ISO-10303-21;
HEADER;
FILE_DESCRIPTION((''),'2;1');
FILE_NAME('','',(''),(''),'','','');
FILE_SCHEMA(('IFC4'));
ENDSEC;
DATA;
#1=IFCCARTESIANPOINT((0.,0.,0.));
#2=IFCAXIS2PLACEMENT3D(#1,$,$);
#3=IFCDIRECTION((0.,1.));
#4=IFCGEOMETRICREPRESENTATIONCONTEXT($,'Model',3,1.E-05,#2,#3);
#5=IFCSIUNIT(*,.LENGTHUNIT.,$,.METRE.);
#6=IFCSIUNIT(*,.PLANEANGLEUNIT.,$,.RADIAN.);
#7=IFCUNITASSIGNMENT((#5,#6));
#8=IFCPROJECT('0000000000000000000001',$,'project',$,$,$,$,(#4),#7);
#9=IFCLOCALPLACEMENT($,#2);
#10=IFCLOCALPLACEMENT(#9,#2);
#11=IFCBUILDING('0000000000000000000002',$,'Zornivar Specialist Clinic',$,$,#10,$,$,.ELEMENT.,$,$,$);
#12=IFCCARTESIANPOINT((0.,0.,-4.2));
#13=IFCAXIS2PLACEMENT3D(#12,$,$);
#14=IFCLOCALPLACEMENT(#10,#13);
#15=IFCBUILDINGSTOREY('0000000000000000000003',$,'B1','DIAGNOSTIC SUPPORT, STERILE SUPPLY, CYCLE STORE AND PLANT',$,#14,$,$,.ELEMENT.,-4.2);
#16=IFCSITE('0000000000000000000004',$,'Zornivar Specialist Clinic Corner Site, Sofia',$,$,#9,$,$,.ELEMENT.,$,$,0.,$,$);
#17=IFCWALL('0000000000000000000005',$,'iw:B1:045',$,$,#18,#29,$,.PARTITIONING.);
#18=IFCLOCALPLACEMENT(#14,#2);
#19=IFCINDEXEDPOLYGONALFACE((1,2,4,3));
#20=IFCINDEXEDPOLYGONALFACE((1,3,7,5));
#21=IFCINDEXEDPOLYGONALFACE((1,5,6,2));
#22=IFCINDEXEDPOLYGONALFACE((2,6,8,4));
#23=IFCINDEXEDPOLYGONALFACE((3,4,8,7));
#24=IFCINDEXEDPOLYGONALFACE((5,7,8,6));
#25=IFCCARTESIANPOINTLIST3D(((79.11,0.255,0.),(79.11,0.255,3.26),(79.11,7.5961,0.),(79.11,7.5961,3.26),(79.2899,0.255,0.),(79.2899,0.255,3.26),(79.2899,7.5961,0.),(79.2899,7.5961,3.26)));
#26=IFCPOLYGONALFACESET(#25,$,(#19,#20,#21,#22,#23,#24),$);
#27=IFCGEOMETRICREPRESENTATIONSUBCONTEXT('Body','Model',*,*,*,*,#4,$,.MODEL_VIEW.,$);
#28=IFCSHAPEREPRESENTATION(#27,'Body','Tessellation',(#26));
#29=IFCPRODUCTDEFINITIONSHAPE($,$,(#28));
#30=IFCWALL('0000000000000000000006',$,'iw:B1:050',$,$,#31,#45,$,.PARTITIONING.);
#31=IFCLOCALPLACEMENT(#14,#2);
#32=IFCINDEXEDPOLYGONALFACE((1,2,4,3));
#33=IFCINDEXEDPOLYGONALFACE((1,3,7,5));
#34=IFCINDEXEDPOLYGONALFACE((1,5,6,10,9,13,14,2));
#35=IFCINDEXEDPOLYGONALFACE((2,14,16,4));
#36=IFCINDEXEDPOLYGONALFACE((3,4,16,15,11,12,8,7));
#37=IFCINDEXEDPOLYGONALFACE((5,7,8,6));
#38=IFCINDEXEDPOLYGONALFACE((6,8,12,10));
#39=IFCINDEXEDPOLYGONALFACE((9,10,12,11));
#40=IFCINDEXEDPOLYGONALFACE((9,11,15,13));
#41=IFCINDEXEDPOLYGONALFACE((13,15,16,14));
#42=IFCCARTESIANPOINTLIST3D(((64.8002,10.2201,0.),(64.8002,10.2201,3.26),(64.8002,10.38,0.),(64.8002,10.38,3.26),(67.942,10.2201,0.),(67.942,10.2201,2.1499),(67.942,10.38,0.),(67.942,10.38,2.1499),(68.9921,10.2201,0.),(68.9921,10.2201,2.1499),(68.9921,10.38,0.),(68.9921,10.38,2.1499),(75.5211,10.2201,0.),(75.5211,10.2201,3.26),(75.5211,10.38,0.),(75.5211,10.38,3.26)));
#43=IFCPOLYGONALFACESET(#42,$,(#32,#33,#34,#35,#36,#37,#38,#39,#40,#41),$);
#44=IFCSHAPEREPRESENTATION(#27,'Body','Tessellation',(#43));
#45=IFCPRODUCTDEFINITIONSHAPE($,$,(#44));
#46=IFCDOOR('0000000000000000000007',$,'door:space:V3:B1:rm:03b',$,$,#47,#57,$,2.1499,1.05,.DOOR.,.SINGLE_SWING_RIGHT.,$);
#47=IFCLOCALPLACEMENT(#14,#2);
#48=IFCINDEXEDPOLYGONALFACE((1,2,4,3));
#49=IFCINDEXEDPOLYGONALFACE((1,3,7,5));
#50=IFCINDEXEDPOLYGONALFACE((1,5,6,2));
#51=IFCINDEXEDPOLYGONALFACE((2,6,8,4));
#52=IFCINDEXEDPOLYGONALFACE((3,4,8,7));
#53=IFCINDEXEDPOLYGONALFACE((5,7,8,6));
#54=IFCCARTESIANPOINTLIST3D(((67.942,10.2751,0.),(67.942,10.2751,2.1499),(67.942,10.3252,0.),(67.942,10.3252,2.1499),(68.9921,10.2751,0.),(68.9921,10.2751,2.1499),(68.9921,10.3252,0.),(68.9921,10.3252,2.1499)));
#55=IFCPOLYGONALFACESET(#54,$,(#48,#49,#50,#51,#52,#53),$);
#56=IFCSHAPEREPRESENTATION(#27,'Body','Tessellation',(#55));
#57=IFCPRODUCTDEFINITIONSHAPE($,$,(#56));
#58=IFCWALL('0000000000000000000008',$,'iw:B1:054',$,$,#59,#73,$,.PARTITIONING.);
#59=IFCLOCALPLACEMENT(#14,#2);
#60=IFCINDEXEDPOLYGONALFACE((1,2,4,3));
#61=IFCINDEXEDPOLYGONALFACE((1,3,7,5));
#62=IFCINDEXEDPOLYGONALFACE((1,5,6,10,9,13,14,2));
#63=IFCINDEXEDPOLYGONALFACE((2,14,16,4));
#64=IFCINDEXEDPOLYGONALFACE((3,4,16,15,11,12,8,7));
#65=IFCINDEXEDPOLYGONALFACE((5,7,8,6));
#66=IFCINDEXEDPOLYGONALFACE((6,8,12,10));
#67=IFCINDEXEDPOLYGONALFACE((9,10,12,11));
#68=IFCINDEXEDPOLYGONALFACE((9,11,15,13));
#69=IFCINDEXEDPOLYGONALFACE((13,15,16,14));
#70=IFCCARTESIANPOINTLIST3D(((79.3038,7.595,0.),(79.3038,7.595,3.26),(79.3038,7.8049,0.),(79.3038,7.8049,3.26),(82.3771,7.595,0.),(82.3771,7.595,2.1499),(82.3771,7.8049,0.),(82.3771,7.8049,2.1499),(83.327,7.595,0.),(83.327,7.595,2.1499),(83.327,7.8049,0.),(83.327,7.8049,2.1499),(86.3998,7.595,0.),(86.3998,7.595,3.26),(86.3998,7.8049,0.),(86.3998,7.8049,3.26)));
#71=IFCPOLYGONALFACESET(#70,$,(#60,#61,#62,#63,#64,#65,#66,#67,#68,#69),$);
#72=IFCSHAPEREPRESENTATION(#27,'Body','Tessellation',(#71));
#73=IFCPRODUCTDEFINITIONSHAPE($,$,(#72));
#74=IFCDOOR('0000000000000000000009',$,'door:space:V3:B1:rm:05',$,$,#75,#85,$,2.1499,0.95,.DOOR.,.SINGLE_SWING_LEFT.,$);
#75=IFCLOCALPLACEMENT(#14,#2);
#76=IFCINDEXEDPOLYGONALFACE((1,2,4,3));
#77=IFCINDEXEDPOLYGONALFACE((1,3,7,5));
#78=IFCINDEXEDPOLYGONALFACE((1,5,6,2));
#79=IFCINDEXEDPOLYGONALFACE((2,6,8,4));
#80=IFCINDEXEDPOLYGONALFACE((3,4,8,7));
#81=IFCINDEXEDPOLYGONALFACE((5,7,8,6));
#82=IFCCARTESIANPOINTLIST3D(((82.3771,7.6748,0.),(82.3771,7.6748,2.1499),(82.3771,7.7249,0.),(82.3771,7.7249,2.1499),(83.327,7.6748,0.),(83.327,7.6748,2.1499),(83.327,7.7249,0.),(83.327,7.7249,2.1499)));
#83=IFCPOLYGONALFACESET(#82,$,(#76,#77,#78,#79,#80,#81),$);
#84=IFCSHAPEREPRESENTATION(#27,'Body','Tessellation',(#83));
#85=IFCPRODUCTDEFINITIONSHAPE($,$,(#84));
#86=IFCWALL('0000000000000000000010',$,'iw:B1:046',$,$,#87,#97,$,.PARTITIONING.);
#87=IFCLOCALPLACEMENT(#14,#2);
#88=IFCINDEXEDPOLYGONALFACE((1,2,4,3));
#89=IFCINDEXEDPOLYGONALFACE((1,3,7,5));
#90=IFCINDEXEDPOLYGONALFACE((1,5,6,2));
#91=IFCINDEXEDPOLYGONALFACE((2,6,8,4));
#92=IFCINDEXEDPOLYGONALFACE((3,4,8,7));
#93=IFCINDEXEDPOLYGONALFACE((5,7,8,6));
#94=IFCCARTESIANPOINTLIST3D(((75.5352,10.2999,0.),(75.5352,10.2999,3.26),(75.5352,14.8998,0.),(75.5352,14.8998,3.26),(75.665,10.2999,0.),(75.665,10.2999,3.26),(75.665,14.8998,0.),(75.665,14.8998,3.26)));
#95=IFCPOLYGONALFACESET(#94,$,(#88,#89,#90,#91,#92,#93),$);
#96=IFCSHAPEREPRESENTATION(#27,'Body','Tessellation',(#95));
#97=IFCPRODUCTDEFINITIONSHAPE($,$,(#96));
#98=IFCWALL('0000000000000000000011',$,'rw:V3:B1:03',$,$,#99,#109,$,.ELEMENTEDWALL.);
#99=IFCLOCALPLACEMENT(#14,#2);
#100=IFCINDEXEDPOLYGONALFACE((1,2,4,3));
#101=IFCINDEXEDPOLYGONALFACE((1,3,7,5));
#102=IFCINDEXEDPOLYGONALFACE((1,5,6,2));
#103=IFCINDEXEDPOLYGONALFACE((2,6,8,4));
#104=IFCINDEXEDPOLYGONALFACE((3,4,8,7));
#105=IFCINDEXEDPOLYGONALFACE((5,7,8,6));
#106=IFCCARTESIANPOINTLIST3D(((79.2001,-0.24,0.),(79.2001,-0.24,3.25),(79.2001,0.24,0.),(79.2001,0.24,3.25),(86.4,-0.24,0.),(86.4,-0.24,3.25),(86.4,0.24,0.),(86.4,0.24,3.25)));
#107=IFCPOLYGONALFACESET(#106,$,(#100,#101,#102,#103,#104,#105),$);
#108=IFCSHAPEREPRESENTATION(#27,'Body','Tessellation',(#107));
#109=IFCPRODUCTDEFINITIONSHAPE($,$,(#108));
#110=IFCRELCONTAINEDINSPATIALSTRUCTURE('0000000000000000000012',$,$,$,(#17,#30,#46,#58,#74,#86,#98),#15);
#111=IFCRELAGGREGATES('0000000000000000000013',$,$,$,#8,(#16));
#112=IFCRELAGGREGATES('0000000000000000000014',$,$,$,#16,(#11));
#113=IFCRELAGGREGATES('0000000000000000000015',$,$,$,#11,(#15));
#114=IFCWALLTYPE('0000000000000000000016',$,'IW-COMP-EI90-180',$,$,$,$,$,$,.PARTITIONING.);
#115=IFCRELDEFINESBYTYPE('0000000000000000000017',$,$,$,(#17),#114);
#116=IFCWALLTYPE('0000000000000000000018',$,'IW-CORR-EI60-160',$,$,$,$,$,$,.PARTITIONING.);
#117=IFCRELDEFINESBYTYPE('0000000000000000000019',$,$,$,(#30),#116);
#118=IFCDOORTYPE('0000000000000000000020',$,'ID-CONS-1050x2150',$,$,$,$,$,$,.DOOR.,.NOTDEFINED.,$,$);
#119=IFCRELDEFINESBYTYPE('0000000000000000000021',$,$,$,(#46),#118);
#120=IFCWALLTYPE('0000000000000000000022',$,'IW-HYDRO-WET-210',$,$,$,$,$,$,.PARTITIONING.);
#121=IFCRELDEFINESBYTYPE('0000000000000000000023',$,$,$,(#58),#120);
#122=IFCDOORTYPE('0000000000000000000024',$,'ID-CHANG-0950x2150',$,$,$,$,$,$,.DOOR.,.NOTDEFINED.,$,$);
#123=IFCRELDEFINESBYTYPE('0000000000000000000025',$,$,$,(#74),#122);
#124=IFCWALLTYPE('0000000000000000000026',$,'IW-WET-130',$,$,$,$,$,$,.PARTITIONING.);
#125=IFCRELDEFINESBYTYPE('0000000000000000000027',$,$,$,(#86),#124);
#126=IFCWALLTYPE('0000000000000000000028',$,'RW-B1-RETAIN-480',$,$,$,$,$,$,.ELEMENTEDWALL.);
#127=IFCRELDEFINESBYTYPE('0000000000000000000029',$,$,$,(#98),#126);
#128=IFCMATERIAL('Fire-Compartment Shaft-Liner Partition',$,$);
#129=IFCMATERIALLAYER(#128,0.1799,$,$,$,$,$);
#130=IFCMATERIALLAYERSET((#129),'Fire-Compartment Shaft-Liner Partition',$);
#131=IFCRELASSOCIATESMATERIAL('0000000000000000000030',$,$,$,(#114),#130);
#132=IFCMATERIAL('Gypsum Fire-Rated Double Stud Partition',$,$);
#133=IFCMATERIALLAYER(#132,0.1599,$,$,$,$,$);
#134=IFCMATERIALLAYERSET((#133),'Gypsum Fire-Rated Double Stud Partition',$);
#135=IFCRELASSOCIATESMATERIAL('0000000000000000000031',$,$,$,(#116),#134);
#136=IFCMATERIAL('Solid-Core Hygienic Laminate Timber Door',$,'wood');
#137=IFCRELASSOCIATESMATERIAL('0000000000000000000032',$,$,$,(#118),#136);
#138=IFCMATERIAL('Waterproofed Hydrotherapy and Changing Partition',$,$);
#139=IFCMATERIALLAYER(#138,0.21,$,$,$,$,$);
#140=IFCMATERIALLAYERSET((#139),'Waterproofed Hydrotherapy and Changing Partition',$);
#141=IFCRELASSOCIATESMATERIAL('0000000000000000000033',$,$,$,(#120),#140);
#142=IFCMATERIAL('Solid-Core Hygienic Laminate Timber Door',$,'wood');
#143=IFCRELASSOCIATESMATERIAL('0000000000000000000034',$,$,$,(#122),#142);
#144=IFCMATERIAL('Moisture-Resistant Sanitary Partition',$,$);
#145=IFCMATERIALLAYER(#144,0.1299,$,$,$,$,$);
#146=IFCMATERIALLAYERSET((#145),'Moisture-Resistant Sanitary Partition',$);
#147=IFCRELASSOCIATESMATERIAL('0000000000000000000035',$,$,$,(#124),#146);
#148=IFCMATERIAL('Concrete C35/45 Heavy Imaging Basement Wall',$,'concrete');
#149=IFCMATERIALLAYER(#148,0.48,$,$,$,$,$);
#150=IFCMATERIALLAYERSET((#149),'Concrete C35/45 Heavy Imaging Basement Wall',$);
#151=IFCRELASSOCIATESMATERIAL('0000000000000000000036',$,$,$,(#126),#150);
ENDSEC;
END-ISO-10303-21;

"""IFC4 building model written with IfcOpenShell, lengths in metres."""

from ifc_helpers import new_model, si_unit, direction, frame, frame_2d, origin, place, context, subcontext, project, spatial, rectangle, extrude, material, layer, layer_set, type_object, element, fill, save


model = new_model("IFC4")

# Units and contexts
model_context = context("Model", 3, precision=1e-05, world=origin(), true_north=direction((0.0, 1.0)))
body_context = subcontext(model_context, "Body", "Model", "MODEL_VIEW")
ifc_project = project(units=[si_unit("LENGTHUNIT", "METRE"), si_unit("PLANEANGLEUNIT", "RADIAN")], contexts=[model_context])

# Site, building, storey
site_placement = place(None, origin())
site = spatial("IfcSite", under=ifc_project, at=site_placement, Name="Zornivar Specialist Clinic Corner Site, Sofia", CompositionType="ELEMENT", RefElevation=0.0)
building_placement = place(site_placement, origin())
building = spatial("IfcBuilding", under=site, at=building_placement, Name="Zornivar Specialist Clinic", CompositionType="ELEMENT")
storey_placement = place(building_placement, frame((0.0, 0.0, -4.2)))
storey = spatial("IfcBuildingStorey", under=building, at=storey_placement, Name="B1", Description="DIAGNOSTIC SUPPORT, STERILE SUPPLY, CYCLE STORE AND PLANT", CompositionType="ELEMENT", Elevation=-4.2)

# Wall
ifc_material_1 = material(Name="Fire-Compartment Shaft-Liner Partition")
ifc_layer_1 = layer(ifc_material_1, 0.1799)
ifc_layer_set_1 = layer_set([ifc_layer_1], Name="Fire-Compartment Shaft-Liner Partition")
wall_type_1 = type_object("IfcWallType", Name="IW-COMP-EI90-180", PredefinedType="PARTITIONING", material=ifc_layer_set_1)
wall_1_placement = place(storey_placement, frame((79.2, 7.5959, 0.0), z_axis=(0.0, 0.0, 1.0), x_axis=(0.0, -1.0, 0.0)))
element("IfcWall", 1, at=wall_1_placement, inside=storey, type_object=wall_type_1, Name="iw:B1:045", PredefinedType="PARTITIONING", context=body_context, shape_type="SweptSolid", body=[
    extrude(rectangle(XDim=7.3411, YDim=0.1799, at=frame_2d((3.6704, 0.0))), origin(), (0.0, 0.0, 1.0), 3.26),
])

# Walls, openings, doors
ifc_material_2 = material(Name="Gypsum Fire-Rated Double Stud Partition")
ifc_layer_2 = layer(ifc_material_2, 0.1599)
ifc_layer_set_2 = layer_set([ifc_layer_2], Name="Gypsum Fire-Rated Double Stud Partition")
wall_type_2 = type_object("IfcWallType", Name="IW-CORR-EI60-160", PredefinedType="PARTITIONING", material=ifc_layer_set_2)
wall_2_placement = place(storey_placement, frame((75.521, 10.3, 0.0), z_axis=(0.0, 0.0, 1.0), x_axis=(-1.0, 0.0, 0.0)))
wall_2 = element("IfcWall", 2, at=wall_2_placement, inside=storey, type_object=wall_type_2, Name="iw:B1:050", PredefinedType="PARTITIONING", context=body_context, shape_type="SweptSolid", body=[
    extrude(rectangle(XDim=10.7209, YDim=0.1599, at=frame_2d((5.3604, 0.0))), origin(), (0.0, 0.0, 1.0), 3.26),
])
opening_1_placement = place(wall_2_placement, frame((6.5291, 0.0, 0.0)))
opening_1 = element("IfcOpeningElement", 3, at=opening_1_placement, cuts=wall_2, PredefinedType="OPENING", context=body_context, shape_type="SweptSolid", body=[
    extrude(rectangle(XDim=1.05, YDim=2.1499, at=frame_2d((0.5249, 1.075))), frame((0.0, 0.0898, 0.0), z_axis=(0.0, -1.0, 0.0), x_axis=(1.0, 0.0, 0.0)), (0.0, 0.0, 1.0), 0.1799),
])
ifc_material_3 = material(Name="Solid-Core Hygienic Laminate Timber Door", Category="wood")
door_type_1 = type_object("IfcDoorType", Name="ID-CONS-1050x2150", OperationType="NOTDEFINED", PredefinedType="DOOR", material=ifc_material_3)
door_1_placement = place(opening_1_placement, origin())
door_1 = element("IfcDoor", 4, at=door_1_placement, inside=storey, type_object=door_type_1, Name="door:space:V3:B1:rm:03b", OperationType="SINGLE_SWING_RIGHT", OverallHeight=2.1499, OverallWidth=1.05, PredefinedType="DOOR", context=body_context, shape_type="SweptSolid", body=[
    extrude(rectangle(XDim=1.05, YDim=2.1499, at=frame_2d((0.5249, 1.075))), frame((0.0, 0.0249, 0.0), z_axis=(0.0, -1.0, 0.0), x_axis=(1.0, 0.0, 0.0)), (0.0, 0.0, 1.0), 0.05),
])
fill(opening_1, door_1)
ifc_material_4 = material(Name="Waterproofed Hydrotherapy and Changing Partition")
ifc_layer_3 = layer(ifc_material_4, 0.21)
ifc_layer_set_3 = layer_set([ifc_layer_3], Name="Waterproofed Hydrotherapy and Changing Partition")
wall_type_3 = type_object("IfcWallType", Name="IW-HYDRO-WET-210", PredefinedType="PARTITIONING", material=ifc_layer_set_3)
wall_3_placement = place(storey_placement, frame((79.304, 7.7, 0.0), z_axis=(0.0, 0.0, 1.0), x_axis=(1.0, 0.0, 0.0)))
wall_3 = element("IfcWall", 5, at=wall_3_placement, inside=storey, type_object=wall_type_3, Name="iw:B1:054", PredefinedType="PARTITIONING", context=body_context, shape_type="SweptSolid", body=[
    extrude(rectangle(XDim=7.0959, YDim=0.21, at=frame_2d((3.5479, 0.0))), origin(), (0.0, 0.0, 1.0), 3.26),
])
opening_2_placement = place(wall_3_placement, frame((3.073, 0.0, 0.0)))
opening_2 = element("IfcOpeningElement", 6, at=opening_2_placement, cuts=wall_3, PredefinedType="OPENING", context=body_context, shape_type="SweptSolid", body=[
    extrude(rectangle(XDim=0.95, YDim=2.1499, at=frame_2d((0.4751, 1.075))), frame((0.0, 0.115, 0.0), z_axis=(0.0, -1.0, 0.0), x_axis=(1.0, 0.0, 0.0)), (0.0, 0.0, 1.0), 0.23),
])
ifc_material_5 = material(Name="Solid-Core Hygienic Laminate Timber Door", Category="wood")
door_type_2 = type_object("IfcDoorType", Name="ID-CHANG-0950x2150", OperationType="NOTDEFINED", PredefinedType="DOOR", material=ifc_material_5)
door_2_placement = place(opening_2_placement, origin())
door_2 = element("IfcDoor", 7, at=door_2_placement, inside=storey, type_object=door_type_2, Name="door:space:V3:B1:rm:05", OperationType="SINGLE_SWING_LEFT", OverallHeight=2.1499, OverallWidth=0.95, PredefinedType="DOOR", context=body_context, shape_type="SweptSolid", body=[
    extrude(rectangle(XDim=0.95, YDim=2.1499, at=frame_2d((0.4751, 1.075))), frame((0.0, 0.0249, 0.0), z_axis=(0.0, -1.0, 0.0), x_axis=(1.0, 0.0, 0.0)), (0.0, 0.0, 1.0), 0.05),
])
fill(opening_2, door_2)

# Walls
ifc_material_6 = material(Name="Moisture-Resistant Sanitary Partition")
ifc_layer_4 = layer(ifc_material_6, 0.1299)
ifc_layer_set_4 = layer_set([ifc_layer_4], Name="Moisture-Resistant Sanitary Partition")
wall_type_4 = type_object("IfcWallType", Name="IW-WET-130", PredefinedType="PARTITIONING", material=ifc_layer_set_4)
wall_4_placement = place(storey_placement, frame((75.6001, 10.3, 0.0), z_axis=(0.0, 0.0, 1.0), x_axis=(0.0, 1.0, 0.0)))
element("IfcWall", 8, at=wall_4_placement, inside=storey, type_object=wall_type_4, Name="iw:B1:046", PredefinedType="PARTITIONING", context=body_context, shape_type="SweptSolid", body=[
    extrude(rectangle(XDim=4.5999, YDim=0.1299, at=frame_2d((2.2998, 0.0))), origin(), (0.0, 0.0, 1.0), 3.26),
])
ifc_material_7 = material(Name="Concrete C35/45 Heavy Imaging Basement Wall", Category="concrete")
ifc_layer_5 = layer(ifc_material_7, 0.48)
ifc_layer_set_5 = layer_set([ifc_layer_5], Name="Concrete C35/45 Heavy Imaging Basement Wall")
wall_type_5 = type_object("IfcWallType", Name="RW-B1-RETAIN-480", PredefinedType="ELEMENTEDWALL", material=ifc_layer_set_5)
wall_5_placement = place(storey_placement, frame((79.2, 0.0, 0.0), z_axis=(0.0, 0.0, 1.0), x_axis=(1.0, 0.0, 0.0)))
element("IfcWall", 9, at=wall_5_placement, inside=storey, type_object=wall_type_5, Name="rw:V3:B1:03", PredefinedType="ELEMENTEDWALL", context=body_context, shape_type="SweptSolid", body=[
    extrude(rectangle(XDim=7.2, YDim=0.48, at=frame_2d((3.6001, 0.0))), origin(), (0.0, 0.0, 1.0), 3.25),
])

save(model, "model.ifc")
